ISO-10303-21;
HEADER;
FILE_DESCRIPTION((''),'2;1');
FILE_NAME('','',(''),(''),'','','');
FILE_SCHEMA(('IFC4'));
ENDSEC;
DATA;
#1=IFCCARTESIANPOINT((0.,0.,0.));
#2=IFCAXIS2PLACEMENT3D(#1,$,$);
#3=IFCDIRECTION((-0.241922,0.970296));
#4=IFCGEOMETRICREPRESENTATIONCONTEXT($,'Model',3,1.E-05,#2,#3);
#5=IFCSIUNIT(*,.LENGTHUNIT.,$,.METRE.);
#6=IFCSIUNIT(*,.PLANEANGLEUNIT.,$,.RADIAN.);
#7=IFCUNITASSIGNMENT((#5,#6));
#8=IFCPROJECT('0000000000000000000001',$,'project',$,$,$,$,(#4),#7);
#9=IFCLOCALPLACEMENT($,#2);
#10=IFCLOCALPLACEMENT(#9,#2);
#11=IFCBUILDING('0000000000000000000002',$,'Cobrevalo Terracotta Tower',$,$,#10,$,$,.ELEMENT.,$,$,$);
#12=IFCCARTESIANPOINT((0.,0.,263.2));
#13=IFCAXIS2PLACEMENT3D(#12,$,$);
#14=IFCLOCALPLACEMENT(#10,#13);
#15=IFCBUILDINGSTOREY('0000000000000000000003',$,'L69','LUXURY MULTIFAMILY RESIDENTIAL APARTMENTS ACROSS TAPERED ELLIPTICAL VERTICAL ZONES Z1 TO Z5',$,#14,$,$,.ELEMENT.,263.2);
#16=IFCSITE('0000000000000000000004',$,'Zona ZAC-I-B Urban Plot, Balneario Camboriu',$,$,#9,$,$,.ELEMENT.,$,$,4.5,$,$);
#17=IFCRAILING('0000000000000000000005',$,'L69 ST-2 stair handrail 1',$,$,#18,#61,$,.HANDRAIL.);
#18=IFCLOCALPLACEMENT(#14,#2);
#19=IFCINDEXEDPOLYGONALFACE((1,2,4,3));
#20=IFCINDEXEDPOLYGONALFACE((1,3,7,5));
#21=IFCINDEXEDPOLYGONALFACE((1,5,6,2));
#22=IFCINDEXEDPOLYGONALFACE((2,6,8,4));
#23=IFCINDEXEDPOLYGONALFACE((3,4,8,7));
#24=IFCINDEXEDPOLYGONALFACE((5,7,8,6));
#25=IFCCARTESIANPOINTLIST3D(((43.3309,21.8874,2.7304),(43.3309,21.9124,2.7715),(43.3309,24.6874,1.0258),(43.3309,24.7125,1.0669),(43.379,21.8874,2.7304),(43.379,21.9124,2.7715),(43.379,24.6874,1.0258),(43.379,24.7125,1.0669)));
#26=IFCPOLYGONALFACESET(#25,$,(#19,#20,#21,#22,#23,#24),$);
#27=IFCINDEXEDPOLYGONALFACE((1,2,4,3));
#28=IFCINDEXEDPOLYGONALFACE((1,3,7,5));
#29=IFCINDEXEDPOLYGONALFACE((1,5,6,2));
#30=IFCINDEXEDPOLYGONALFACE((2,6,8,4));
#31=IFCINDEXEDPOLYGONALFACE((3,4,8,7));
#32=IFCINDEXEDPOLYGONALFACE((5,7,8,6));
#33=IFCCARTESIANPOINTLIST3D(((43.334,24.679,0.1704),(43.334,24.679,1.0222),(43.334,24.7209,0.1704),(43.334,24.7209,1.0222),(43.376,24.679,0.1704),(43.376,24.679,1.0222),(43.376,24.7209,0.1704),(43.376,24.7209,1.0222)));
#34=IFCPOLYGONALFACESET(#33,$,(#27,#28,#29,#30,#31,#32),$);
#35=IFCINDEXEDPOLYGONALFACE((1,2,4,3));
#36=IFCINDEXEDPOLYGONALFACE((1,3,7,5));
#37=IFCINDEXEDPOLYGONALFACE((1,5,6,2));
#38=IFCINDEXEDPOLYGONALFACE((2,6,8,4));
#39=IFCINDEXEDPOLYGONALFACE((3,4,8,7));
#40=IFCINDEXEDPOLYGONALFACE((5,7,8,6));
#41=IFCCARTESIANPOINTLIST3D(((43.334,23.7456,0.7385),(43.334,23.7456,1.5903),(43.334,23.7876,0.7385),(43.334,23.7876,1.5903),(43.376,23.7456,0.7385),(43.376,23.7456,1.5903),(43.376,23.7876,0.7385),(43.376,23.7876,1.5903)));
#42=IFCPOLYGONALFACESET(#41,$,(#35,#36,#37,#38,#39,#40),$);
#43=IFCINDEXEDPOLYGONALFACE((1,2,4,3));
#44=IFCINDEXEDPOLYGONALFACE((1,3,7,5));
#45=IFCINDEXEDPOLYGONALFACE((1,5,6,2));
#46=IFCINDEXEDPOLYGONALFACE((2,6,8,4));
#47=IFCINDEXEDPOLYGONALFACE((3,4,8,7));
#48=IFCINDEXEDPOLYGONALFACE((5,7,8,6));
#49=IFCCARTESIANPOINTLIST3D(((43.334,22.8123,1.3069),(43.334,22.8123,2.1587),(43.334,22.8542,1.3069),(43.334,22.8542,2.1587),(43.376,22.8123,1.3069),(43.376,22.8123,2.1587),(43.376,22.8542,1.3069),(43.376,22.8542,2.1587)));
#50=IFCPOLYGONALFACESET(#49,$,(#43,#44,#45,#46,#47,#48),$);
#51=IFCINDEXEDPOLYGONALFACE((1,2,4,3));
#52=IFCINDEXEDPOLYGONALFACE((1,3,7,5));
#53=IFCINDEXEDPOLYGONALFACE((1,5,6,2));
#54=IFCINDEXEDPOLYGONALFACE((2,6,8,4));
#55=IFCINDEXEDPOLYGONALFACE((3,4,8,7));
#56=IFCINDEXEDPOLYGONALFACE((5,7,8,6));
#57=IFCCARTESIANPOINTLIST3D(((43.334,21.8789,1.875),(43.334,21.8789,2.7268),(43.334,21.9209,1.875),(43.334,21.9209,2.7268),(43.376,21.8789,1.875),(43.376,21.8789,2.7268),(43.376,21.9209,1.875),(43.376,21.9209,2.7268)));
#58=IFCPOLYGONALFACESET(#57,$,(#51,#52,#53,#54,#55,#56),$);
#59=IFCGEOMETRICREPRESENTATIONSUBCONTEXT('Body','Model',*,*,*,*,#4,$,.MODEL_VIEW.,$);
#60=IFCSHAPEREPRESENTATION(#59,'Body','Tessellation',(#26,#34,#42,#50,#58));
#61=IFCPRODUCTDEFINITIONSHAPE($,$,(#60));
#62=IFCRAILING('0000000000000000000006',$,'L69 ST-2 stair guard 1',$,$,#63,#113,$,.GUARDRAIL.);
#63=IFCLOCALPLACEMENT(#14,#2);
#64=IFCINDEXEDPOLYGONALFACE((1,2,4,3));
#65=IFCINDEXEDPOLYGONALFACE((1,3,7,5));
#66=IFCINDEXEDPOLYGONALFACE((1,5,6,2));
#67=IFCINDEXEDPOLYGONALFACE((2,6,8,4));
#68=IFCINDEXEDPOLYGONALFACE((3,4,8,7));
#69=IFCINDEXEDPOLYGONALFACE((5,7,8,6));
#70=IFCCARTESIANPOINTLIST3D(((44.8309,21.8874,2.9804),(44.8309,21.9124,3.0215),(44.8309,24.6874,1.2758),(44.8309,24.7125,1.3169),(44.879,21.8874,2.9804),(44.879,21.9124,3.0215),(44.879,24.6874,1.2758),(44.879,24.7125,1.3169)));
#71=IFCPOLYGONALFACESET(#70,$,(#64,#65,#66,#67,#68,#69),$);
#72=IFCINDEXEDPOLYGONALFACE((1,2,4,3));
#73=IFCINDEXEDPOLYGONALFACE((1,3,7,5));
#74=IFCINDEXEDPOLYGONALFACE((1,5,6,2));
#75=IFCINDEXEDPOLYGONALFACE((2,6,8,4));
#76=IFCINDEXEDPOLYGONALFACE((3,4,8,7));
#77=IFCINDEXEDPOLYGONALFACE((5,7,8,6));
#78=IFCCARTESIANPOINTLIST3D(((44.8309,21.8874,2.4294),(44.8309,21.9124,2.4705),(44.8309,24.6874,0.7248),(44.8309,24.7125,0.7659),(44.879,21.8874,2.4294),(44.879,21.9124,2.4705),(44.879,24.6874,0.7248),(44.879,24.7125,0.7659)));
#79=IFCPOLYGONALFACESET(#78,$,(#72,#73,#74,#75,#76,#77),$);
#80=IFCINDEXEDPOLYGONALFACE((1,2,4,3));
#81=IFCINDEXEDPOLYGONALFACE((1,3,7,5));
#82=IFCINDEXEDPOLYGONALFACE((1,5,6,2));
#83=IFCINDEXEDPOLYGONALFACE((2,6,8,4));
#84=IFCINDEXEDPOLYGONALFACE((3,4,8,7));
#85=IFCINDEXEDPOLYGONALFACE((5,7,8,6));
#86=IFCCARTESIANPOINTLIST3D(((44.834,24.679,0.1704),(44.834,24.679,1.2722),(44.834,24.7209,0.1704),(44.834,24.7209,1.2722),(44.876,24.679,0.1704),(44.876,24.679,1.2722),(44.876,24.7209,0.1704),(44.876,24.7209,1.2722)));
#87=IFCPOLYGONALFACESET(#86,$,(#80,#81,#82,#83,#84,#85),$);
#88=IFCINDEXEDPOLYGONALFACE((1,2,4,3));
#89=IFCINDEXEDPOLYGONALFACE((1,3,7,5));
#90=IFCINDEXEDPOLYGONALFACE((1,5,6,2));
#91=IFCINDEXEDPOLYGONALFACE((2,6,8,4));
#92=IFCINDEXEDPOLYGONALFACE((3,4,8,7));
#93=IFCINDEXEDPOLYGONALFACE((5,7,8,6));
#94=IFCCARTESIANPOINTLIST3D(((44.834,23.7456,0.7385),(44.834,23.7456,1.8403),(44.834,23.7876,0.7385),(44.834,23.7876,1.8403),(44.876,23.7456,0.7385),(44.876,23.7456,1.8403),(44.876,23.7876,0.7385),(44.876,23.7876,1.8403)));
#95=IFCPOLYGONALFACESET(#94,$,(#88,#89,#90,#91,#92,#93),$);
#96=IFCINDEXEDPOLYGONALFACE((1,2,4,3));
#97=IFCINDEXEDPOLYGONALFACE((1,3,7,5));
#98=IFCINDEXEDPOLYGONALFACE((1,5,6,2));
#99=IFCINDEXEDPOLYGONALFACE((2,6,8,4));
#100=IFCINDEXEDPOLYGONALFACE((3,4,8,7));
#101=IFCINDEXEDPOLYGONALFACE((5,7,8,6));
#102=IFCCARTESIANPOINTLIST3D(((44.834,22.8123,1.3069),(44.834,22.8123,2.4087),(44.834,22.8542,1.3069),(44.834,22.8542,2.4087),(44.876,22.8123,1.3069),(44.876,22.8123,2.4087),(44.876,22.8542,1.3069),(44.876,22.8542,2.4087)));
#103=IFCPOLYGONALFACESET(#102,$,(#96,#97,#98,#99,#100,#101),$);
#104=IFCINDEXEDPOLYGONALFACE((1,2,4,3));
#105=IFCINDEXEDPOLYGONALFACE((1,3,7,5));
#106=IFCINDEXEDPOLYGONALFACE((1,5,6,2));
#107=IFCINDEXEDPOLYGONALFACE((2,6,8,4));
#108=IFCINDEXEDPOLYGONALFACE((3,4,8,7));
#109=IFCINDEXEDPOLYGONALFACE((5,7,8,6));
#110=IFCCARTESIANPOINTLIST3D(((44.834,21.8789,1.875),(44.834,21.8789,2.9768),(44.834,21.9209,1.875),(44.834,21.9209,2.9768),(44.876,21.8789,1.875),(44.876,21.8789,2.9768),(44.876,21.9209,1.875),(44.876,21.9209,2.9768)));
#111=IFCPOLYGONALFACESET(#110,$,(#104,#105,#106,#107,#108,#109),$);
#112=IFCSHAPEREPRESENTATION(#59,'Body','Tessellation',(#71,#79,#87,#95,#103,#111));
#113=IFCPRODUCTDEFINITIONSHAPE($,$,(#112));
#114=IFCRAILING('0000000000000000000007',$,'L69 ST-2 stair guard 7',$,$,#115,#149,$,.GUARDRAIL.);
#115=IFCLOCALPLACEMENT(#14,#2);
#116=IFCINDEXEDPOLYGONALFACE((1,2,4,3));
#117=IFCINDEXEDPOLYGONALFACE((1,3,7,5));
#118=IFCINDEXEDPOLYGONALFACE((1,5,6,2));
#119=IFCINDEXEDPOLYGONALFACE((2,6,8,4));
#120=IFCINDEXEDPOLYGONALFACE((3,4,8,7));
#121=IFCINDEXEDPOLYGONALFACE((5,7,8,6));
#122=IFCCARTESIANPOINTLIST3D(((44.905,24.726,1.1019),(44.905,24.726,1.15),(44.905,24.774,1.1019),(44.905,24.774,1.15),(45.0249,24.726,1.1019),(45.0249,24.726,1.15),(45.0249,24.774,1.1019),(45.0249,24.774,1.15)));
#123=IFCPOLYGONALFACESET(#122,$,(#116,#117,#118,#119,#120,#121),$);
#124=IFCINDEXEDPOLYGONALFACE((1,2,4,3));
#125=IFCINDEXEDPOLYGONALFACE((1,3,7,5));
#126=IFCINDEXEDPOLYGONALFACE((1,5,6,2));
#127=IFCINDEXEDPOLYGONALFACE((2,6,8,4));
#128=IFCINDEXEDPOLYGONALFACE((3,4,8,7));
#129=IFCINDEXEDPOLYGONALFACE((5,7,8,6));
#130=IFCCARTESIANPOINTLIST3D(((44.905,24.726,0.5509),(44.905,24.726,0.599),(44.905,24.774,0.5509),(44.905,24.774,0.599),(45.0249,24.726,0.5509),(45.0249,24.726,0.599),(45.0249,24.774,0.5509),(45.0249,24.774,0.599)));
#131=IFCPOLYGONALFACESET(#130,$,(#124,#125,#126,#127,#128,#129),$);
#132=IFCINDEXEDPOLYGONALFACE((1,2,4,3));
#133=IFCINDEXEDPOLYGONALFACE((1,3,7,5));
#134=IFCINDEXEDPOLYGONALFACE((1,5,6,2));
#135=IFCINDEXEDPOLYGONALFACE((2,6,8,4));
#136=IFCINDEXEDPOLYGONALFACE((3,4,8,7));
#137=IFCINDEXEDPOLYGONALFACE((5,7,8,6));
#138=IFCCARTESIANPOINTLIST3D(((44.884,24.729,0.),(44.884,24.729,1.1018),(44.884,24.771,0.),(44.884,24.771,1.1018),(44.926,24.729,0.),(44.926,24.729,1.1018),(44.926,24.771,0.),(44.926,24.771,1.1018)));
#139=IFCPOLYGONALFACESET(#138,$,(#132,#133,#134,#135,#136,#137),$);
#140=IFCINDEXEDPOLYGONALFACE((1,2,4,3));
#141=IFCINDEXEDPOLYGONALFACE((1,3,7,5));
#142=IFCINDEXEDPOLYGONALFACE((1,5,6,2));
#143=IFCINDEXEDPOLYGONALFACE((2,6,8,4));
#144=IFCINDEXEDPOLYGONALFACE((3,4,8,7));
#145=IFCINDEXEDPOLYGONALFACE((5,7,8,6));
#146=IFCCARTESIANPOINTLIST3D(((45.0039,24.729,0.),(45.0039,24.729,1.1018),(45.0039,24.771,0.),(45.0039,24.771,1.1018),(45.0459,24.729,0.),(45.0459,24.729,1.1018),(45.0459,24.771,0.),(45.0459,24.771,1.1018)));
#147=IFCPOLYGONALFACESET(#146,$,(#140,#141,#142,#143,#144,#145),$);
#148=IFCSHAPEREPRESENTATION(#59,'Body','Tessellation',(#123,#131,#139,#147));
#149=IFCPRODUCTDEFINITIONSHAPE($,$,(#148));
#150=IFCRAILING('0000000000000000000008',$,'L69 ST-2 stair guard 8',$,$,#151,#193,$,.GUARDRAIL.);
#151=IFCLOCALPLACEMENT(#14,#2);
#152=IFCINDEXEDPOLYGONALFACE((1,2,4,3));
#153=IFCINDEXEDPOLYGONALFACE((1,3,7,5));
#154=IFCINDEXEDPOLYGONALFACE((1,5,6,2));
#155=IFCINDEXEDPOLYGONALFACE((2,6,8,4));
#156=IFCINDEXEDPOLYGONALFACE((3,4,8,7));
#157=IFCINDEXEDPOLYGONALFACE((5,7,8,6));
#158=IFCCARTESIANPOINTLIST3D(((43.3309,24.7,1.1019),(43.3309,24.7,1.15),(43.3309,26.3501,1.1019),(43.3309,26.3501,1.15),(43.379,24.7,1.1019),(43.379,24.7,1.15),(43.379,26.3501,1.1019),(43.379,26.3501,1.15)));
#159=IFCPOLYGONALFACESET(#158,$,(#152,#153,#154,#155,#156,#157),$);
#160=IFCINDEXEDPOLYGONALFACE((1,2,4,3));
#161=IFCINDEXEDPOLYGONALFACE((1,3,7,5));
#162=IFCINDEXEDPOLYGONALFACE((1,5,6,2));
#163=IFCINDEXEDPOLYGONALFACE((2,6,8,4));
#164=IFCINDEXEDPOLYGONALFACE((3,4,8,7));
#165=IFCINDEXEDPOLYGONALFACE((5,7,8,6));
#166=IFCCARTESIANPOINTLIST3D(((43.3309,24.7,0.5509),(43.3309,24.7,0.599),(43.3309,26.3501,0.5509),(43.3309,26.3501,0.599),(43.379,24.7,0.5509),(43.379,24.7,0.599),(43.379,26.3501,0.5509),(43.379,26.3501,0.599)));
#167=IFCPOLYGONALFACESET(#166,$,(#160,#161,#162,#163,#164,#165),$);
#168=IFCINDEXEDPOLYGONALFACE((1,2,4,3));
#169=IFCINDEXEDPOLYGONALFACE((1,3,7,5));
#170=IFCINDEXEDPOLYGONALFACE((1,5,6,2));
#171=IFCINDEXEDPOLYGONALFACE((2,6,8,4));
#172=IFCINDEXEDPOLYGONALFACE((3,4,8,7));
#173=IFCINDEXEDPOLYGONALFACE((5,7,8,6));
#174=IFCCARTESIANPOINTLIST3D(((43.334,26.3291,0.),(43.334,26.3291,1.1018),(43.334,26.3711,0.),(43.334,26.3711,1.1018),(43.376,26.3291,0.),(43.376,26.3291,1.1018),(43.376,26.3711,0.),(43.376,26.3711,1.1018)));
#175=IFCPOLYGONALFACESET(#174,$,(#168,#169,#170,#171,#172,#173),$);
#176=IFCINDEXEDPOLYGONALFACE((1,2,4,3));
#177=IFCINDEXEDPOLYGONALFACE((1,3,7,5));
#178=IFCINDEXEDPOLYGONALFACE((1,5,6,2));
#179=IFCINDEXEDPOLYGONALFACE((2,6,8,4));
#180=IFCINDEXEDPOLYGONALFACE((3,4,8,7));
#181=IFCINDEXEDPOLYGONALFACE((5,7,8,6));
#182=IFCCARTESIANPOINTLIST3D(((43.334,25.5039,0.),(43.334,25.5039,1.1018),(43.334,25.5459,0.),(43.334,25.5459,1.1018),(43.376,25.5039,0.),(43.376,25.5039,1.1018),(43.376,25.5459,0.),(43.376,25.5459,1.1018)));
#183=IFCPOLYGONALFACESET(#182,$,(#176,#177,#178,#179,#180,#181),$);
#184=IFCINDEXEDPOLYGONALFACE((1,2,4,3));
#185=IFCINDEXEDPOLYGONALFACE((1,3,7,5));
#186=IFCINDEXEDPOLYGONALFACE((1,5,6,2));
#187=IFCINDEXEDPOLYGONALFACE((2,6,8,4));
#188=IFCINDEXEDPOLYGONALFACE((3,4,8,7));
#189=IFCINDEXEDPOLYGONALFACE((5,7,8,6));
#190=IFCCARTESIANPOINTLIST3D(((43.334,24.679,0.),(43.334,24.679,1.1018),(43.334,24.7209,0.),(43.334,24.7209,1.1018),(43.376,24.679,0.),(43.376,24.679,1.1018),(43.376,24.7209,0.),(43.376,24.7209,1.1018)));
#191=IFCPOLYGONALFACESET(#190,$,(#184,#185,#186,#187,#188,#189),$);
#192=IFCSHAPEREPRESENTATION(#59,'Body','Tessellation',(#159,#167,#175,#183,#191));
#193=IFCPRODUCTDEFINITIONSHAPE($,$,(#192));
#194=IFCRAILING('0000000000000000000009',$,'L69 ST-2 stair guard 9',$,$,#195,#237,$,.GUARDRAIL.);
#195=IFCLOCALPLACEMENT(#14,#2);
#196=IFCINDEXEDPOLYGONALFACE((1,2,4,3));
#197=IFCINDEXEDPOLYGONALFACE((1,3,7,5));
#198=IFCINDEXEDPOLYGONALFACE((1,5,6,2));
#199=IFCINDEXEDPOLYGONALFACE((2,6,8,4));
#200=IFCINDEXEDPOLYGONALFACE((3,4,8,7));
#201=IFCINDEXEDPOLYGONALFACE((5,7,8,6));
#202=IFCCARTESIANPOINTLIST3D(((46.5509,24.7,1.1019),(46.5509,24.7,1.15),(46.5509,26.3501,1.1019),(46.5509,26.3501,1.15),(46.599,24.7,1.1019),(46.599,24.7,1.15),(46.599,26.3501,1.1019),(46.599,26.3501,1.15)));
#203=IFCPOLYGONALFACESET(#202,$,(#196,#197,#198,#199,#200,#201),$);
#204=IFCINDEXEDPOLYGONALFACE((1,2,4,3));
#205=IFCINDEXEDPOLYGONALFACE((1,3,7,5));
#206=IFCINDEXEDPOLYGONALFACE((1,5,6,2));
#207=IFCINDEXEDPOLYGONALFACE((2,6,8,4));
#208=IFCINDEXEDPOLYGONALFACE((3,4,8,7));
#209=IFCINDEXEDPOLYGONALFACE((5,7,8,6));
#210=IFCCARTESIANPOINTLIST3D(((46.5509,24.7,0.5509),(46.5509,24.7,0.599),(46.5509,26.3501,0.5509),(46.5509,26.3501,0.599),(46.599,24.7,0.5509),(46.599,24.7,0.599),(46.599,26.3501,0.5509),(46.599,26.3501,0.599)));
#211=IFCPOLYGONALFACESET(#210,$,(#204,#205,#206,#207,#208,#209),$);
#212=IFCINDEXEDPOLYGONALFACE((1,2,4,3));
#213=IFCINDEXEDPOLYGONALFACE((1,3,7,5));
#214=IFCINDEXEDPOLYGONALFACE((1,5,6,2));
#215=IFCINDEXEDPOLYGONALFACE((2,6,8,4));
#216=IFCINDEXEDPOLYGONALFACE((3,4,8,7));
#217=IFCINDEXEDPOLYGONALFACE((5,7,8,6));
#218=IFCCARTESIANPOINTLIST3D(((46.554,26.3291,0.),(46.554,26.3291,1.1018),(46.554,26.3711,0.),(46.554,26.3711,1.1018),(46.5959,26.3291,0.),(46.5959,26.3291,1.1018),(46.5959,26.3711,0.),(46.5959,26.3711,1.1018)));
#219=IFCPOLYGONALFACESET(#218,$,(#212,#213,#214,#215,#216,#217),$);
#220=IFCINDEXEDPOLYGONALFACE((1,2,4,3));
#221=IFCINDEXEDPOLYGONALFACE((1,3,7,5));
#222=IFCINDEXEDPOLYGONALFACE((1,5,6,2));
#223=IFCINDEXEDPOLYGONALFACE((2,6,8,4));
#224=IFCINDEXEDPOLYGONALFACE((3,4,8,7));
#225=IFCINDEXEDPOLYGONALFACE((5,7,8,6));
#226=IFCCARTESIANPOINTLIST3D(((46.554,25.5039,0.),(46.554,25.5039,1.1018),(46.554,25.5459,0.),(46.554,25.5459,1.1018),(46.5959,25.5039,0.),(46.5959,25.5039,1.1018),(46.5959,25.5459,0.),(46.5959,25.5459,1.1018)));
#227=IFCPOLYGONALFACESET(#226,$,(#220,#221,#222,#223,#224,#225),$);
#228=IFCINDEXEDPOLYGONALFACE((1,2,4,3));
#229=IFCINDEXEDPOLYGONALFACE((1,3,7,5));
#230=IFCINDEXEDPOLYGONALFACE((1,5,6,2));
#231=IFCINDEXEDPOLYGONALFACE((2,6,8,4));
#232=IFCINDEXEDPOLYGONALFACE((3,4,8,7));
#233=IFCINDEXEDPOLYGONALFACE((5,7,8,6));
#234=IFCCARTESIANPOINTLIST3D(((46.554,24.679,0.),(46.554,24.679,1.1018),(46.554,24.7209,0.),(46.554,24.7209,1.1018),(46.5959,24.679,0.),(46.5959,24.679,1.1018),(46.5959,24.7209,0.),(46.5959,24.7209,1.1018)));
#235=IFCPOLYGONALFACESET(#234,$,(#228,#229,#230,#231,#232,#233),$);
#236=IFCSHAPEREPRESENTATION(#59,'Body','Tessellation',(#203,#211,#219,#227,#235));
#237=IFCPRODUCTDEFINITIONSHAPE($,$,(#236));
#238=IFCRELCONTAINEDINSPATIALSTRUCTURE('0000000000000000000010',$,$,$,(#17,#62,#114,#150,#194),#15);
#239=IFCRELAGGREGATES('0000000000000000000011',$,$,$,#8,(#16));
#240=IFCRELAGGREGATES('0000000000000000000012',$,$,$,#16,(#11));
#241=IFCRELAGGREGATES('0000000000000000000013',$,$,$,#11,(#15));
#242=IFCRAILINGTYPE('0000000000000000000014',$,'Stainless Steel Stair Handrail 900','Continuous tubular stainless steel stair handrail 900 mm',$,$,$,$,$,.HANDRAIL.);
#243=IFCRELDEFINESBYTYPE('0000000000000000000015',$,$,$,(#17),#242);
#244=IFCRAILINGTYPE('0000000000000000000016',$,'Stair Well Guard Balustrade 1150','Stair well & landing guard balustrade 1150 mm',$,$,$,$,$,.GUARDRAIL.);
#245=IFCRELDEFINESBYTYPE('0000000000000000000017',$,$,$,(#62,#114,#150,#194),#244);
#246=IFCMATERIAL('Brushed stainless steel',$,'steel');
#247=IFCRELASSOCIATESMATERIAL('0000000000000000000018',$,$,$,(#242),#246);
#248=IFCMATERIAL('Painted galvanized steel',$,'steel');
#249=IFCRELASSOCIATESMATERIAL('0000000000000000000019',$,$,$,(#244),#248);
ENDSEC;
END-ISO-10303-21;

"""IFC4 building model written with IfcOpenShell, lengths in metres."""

from ifc_helpers import new_model, si_unit, direction, frame, origin, origin_2d, place, context, subcontext, project, spatial, rectangle, extrude, material, type_object, element, save


model = new_model("IFC4")

# Units and contexts
model_context = context("Model", 3, precision=1e-05, world=origin(), true_north=direction((-0.241922, 0.970296)))
body_context = subcontext(model_context, "Body", "Model", "MODEL_VIEW")
ifc_project = project(units=[si_unit("LENGTHUNIT", "METRE"), si_unit("PLANEANGLEUNIT", "RADIAN")], contexts=[model_context])

# Site, building, storey
site_placement = place(None, origin())
site = spatial("IfcSite", under=ifc_project, at=site_placement, Name="Zona ZAC-I-B Urban Plot, Balneario Camboriu", CompositionType="ELEMENT", RefElevation=4.5)
building_placement = place(site_placement, origin())
building = spatial("IfcBuilding", under=site, at=building_placement, Name="Cobrevalo Terracotta Tower", CompositionType="ELEMENT")
storey_placement = place(building_placement, frame((0.0, 0.0, 263.2)))
storey = spatial("IfcBuildingStorey", under=building, at=storey_placement, Name="L69", Description="LUXURY MULTIFAMILY RESIDENTIAL APARTMENTS ACROSS TAPERED ELLIPTICAL VERTICAL ZONES Z1 TO Z5", CompositionType="ELEMENT", Elevation=263.2)

# Shared definitions
ifc_material_1 = material(Name="Brushed stainless steel", Category="steel")

# Railings
railing_type_1 = type_object("IfcRailingType", Name="Stainless Steel Stair Handrail 900", Description="Continuous tubular stainless steel stair handrail 900 mm", PredefinedType="HANDRAIL", material=ifc_material_1)
railing_1_placement = place(storey_placement, frame((43.355, 24.7, 0.1704)))
element("IfcRailing", 1, at=railing_1_placement, inside=storey, type_object=railing_type_1, Name="L69 ST-2 stair handrail 1", PredefinedType="HANDRAIL", context=body_context, shape_type="SweptSolid", body=[
    extrude(rectangle(XDim=0.0481, YDim=0.0481, at=origin_2d()), frame((0.0, 0.0, 0.876), z_axis=(0.0, -0.85417, 0.519994), x_axis=(1.0, 0.0, 0.0)), (0.0, 0.0, 1.0), 3.2781),
    extrude(rectangle(XDim=0.042, YDim=0.042, at=origin_2d()), origin(), (0.0, 0.0, 1.0), 0.8518),
    extrude(rectangle(XDim=0.042, YDim=0.042, at=origin_2d()), frame((0.0, -0.9333, 0.5681)), (0.0, 0.0, 1.0), 0.8518),
    extrude(rectangle(XDim=0.042, YDim=0.042, at=origin_2d()), frame((0.0, -1.8667, 1.1365)), (0.0, 0.0, 1.0), 0.8518),
    extrude(rectangle(XDim=0.042, YDim=0.042, at=origin_2d()), frame((0.0, -2.8, 1.7046)), (0.0, 0.0, 1.0), 0.8518),
])
ifc_material_2 = material(Name="Painted galvanized steel", Category="steel")
railing_type_2 = type_object("IfcRailingType", Name="Stair Well Guard Balustrade 1150", Description="Stair well & landing guard balustrade 1150 mm", PredefinedType="GUARDRAIL", material=ifc_material_2)
railing_2_placement = place(storey_placement, frame((44.855, 24.7, 0.1704)))
element("IfcRailing", 2, at=railing_2_placement, inside=storey, type_object=railing_type_2, Name="L69 ST-2 stair guard 1", PredefinedType="GUARDRAIL", context=body_context, shape_type="SweptSolid", body=[
    extrude(rectangle(XDim=0.0481, YDim=0.0481, at=origin_2d()), frame((0.0, 0.0, 1.126), z_axis=(0.0, -0.85417, 0.519994), x_axis=(1.0, 0.0, 0.0)), (0.0, 0.0, 1.0), 3.2781),
    extrude(rectangle(XDim=0.0481, YDim=0.0481, at=origin_2d()), frame((0.0, 0.0, 0.575), z_axis=(0.0, -0.85417, 0.519994), x_axis=(1.0, 0.0, 0.0)), (0.0, 0.0, 1.0), 3.2781),
    extrude(rectangle(XDim=0.042, YDim=0.042, at=origin_2d()), origin(), (0.0, 0.0, 1.0), 1.1018),
    extrude(rectangle(XDim=0.042, YDim=0.042, at=origin_2d()), frame((0.0, -0.9333, 0.5681)), (0.0, 0.0, 1.0), 1.1018),
    extrude(rectangle(XDim=0.042, YDim=0.042, at=origin_2d()), frame((0.0, -1.8667, 1.1365)), (0.0, 0.0, 1.0), 1.1018),
    extrude(rectangle(XDim=0.042, YDim=0.042, at=origin_2d()), frame((0.0, -2.8, 1.7046)), (0.0, 0.0, 1.0), 1.1018),
])
railing_3_placement = place(storey_placement, frame((44.905, 24.75, 0.0)))
element("IfcRailing", 3, at=railing_3_placement, inside=storey, type_object=railing_type_2, Name="L69 ST-2 stair guard 7", PredefinedType="GUARDRAIL", context=body_context, shape_type="SweptSolid", body=[
    extrude(rectangle(XDim=0.0481, YDim=0.0481, at=origin_2d()), frame((0.0, 0.0, 1.126), z_axis=(1.0, 0.0, 0.0), x_axis=(0.0, 1.0, 0.0)), (0.0, 0.0, 1.0), 0.1199),
    extrude(rectangle(XDim=0.0481, YDim=0.0481, at=origin_2d()), frame((0.0, 0.0, 0.575), z_axis=(1.0, 0.0, 0.0), x_axis=(0.0, 1.0, 0.0)), (0.0, 0.0, 1.0), 0.1199),
    extrude(rectangle(XDim=0.042, YDim=0.042, at=origin_2d()), origin(), (0.0, 0.0, 1.0), 1.1018),
    extrude(rectangle(XDim=0.042, YDim=0.042, at=origin_2d()), frame((0.1199, 0.0, 0.0)), (0.0, 0.0, 1.0), 1.1018),
])
for number, where, name in (
    (4, (43.355, 26.3501, 0.0), "L69 ST-2 stair guard 8"),
    (5, (46.575, 26.3501, 0.0), "L69 ST-2 stair guard 9"),
):
    element("IfcRailing", number, at=place(storey_placement, frame(where)), inside=storey, type_object=railing_type_2, Name=name, PredefinedType="GUARDRAIL", context=body_context, shape_type="SweptSolid", body=[
        extrude(rectangle(XDim=0.0481, YDim=0.0481, at=origin_2d()), frame((0.0, 0.0, 1.126), z_axis=(0.0, -1.0, 0.0), x_axis=(1.0, 0.0, 0.0)), (0.0, 0.0, 1.0), 1.6501),
        extrude(rectangle(XDim=0.0481, YDim=0.0481, at=origin_2d()), frame((0.0, 0.0, 0.575), z_axis=(0.0, -1.0, 0.0), x_axis=(1.0, 0.0, 0.0)), (0.0, 0.0, 1.0), 1.6501),
        extrude(rectangle(XDim=0.042, YDim=0.042, at=origin_2d()), origin(), (0.0, 0.0, 1.0), 1.1018),
        extrude(rectangle(XDim=0.042, YDim=0.042, at=origin_2d()), frame((0.0, -0.8252, 0.0)), (0.0, 0.0, 1.0), 1.1018),
        extrude(rectangle(XDim=0.042, YDim=0.042, at=origin_2d()), frame((0.0, -1.6501, 0.0)), (0.0, 0.0, 1.0), 1.1018),
    ])

save(model, "model.ifc")
